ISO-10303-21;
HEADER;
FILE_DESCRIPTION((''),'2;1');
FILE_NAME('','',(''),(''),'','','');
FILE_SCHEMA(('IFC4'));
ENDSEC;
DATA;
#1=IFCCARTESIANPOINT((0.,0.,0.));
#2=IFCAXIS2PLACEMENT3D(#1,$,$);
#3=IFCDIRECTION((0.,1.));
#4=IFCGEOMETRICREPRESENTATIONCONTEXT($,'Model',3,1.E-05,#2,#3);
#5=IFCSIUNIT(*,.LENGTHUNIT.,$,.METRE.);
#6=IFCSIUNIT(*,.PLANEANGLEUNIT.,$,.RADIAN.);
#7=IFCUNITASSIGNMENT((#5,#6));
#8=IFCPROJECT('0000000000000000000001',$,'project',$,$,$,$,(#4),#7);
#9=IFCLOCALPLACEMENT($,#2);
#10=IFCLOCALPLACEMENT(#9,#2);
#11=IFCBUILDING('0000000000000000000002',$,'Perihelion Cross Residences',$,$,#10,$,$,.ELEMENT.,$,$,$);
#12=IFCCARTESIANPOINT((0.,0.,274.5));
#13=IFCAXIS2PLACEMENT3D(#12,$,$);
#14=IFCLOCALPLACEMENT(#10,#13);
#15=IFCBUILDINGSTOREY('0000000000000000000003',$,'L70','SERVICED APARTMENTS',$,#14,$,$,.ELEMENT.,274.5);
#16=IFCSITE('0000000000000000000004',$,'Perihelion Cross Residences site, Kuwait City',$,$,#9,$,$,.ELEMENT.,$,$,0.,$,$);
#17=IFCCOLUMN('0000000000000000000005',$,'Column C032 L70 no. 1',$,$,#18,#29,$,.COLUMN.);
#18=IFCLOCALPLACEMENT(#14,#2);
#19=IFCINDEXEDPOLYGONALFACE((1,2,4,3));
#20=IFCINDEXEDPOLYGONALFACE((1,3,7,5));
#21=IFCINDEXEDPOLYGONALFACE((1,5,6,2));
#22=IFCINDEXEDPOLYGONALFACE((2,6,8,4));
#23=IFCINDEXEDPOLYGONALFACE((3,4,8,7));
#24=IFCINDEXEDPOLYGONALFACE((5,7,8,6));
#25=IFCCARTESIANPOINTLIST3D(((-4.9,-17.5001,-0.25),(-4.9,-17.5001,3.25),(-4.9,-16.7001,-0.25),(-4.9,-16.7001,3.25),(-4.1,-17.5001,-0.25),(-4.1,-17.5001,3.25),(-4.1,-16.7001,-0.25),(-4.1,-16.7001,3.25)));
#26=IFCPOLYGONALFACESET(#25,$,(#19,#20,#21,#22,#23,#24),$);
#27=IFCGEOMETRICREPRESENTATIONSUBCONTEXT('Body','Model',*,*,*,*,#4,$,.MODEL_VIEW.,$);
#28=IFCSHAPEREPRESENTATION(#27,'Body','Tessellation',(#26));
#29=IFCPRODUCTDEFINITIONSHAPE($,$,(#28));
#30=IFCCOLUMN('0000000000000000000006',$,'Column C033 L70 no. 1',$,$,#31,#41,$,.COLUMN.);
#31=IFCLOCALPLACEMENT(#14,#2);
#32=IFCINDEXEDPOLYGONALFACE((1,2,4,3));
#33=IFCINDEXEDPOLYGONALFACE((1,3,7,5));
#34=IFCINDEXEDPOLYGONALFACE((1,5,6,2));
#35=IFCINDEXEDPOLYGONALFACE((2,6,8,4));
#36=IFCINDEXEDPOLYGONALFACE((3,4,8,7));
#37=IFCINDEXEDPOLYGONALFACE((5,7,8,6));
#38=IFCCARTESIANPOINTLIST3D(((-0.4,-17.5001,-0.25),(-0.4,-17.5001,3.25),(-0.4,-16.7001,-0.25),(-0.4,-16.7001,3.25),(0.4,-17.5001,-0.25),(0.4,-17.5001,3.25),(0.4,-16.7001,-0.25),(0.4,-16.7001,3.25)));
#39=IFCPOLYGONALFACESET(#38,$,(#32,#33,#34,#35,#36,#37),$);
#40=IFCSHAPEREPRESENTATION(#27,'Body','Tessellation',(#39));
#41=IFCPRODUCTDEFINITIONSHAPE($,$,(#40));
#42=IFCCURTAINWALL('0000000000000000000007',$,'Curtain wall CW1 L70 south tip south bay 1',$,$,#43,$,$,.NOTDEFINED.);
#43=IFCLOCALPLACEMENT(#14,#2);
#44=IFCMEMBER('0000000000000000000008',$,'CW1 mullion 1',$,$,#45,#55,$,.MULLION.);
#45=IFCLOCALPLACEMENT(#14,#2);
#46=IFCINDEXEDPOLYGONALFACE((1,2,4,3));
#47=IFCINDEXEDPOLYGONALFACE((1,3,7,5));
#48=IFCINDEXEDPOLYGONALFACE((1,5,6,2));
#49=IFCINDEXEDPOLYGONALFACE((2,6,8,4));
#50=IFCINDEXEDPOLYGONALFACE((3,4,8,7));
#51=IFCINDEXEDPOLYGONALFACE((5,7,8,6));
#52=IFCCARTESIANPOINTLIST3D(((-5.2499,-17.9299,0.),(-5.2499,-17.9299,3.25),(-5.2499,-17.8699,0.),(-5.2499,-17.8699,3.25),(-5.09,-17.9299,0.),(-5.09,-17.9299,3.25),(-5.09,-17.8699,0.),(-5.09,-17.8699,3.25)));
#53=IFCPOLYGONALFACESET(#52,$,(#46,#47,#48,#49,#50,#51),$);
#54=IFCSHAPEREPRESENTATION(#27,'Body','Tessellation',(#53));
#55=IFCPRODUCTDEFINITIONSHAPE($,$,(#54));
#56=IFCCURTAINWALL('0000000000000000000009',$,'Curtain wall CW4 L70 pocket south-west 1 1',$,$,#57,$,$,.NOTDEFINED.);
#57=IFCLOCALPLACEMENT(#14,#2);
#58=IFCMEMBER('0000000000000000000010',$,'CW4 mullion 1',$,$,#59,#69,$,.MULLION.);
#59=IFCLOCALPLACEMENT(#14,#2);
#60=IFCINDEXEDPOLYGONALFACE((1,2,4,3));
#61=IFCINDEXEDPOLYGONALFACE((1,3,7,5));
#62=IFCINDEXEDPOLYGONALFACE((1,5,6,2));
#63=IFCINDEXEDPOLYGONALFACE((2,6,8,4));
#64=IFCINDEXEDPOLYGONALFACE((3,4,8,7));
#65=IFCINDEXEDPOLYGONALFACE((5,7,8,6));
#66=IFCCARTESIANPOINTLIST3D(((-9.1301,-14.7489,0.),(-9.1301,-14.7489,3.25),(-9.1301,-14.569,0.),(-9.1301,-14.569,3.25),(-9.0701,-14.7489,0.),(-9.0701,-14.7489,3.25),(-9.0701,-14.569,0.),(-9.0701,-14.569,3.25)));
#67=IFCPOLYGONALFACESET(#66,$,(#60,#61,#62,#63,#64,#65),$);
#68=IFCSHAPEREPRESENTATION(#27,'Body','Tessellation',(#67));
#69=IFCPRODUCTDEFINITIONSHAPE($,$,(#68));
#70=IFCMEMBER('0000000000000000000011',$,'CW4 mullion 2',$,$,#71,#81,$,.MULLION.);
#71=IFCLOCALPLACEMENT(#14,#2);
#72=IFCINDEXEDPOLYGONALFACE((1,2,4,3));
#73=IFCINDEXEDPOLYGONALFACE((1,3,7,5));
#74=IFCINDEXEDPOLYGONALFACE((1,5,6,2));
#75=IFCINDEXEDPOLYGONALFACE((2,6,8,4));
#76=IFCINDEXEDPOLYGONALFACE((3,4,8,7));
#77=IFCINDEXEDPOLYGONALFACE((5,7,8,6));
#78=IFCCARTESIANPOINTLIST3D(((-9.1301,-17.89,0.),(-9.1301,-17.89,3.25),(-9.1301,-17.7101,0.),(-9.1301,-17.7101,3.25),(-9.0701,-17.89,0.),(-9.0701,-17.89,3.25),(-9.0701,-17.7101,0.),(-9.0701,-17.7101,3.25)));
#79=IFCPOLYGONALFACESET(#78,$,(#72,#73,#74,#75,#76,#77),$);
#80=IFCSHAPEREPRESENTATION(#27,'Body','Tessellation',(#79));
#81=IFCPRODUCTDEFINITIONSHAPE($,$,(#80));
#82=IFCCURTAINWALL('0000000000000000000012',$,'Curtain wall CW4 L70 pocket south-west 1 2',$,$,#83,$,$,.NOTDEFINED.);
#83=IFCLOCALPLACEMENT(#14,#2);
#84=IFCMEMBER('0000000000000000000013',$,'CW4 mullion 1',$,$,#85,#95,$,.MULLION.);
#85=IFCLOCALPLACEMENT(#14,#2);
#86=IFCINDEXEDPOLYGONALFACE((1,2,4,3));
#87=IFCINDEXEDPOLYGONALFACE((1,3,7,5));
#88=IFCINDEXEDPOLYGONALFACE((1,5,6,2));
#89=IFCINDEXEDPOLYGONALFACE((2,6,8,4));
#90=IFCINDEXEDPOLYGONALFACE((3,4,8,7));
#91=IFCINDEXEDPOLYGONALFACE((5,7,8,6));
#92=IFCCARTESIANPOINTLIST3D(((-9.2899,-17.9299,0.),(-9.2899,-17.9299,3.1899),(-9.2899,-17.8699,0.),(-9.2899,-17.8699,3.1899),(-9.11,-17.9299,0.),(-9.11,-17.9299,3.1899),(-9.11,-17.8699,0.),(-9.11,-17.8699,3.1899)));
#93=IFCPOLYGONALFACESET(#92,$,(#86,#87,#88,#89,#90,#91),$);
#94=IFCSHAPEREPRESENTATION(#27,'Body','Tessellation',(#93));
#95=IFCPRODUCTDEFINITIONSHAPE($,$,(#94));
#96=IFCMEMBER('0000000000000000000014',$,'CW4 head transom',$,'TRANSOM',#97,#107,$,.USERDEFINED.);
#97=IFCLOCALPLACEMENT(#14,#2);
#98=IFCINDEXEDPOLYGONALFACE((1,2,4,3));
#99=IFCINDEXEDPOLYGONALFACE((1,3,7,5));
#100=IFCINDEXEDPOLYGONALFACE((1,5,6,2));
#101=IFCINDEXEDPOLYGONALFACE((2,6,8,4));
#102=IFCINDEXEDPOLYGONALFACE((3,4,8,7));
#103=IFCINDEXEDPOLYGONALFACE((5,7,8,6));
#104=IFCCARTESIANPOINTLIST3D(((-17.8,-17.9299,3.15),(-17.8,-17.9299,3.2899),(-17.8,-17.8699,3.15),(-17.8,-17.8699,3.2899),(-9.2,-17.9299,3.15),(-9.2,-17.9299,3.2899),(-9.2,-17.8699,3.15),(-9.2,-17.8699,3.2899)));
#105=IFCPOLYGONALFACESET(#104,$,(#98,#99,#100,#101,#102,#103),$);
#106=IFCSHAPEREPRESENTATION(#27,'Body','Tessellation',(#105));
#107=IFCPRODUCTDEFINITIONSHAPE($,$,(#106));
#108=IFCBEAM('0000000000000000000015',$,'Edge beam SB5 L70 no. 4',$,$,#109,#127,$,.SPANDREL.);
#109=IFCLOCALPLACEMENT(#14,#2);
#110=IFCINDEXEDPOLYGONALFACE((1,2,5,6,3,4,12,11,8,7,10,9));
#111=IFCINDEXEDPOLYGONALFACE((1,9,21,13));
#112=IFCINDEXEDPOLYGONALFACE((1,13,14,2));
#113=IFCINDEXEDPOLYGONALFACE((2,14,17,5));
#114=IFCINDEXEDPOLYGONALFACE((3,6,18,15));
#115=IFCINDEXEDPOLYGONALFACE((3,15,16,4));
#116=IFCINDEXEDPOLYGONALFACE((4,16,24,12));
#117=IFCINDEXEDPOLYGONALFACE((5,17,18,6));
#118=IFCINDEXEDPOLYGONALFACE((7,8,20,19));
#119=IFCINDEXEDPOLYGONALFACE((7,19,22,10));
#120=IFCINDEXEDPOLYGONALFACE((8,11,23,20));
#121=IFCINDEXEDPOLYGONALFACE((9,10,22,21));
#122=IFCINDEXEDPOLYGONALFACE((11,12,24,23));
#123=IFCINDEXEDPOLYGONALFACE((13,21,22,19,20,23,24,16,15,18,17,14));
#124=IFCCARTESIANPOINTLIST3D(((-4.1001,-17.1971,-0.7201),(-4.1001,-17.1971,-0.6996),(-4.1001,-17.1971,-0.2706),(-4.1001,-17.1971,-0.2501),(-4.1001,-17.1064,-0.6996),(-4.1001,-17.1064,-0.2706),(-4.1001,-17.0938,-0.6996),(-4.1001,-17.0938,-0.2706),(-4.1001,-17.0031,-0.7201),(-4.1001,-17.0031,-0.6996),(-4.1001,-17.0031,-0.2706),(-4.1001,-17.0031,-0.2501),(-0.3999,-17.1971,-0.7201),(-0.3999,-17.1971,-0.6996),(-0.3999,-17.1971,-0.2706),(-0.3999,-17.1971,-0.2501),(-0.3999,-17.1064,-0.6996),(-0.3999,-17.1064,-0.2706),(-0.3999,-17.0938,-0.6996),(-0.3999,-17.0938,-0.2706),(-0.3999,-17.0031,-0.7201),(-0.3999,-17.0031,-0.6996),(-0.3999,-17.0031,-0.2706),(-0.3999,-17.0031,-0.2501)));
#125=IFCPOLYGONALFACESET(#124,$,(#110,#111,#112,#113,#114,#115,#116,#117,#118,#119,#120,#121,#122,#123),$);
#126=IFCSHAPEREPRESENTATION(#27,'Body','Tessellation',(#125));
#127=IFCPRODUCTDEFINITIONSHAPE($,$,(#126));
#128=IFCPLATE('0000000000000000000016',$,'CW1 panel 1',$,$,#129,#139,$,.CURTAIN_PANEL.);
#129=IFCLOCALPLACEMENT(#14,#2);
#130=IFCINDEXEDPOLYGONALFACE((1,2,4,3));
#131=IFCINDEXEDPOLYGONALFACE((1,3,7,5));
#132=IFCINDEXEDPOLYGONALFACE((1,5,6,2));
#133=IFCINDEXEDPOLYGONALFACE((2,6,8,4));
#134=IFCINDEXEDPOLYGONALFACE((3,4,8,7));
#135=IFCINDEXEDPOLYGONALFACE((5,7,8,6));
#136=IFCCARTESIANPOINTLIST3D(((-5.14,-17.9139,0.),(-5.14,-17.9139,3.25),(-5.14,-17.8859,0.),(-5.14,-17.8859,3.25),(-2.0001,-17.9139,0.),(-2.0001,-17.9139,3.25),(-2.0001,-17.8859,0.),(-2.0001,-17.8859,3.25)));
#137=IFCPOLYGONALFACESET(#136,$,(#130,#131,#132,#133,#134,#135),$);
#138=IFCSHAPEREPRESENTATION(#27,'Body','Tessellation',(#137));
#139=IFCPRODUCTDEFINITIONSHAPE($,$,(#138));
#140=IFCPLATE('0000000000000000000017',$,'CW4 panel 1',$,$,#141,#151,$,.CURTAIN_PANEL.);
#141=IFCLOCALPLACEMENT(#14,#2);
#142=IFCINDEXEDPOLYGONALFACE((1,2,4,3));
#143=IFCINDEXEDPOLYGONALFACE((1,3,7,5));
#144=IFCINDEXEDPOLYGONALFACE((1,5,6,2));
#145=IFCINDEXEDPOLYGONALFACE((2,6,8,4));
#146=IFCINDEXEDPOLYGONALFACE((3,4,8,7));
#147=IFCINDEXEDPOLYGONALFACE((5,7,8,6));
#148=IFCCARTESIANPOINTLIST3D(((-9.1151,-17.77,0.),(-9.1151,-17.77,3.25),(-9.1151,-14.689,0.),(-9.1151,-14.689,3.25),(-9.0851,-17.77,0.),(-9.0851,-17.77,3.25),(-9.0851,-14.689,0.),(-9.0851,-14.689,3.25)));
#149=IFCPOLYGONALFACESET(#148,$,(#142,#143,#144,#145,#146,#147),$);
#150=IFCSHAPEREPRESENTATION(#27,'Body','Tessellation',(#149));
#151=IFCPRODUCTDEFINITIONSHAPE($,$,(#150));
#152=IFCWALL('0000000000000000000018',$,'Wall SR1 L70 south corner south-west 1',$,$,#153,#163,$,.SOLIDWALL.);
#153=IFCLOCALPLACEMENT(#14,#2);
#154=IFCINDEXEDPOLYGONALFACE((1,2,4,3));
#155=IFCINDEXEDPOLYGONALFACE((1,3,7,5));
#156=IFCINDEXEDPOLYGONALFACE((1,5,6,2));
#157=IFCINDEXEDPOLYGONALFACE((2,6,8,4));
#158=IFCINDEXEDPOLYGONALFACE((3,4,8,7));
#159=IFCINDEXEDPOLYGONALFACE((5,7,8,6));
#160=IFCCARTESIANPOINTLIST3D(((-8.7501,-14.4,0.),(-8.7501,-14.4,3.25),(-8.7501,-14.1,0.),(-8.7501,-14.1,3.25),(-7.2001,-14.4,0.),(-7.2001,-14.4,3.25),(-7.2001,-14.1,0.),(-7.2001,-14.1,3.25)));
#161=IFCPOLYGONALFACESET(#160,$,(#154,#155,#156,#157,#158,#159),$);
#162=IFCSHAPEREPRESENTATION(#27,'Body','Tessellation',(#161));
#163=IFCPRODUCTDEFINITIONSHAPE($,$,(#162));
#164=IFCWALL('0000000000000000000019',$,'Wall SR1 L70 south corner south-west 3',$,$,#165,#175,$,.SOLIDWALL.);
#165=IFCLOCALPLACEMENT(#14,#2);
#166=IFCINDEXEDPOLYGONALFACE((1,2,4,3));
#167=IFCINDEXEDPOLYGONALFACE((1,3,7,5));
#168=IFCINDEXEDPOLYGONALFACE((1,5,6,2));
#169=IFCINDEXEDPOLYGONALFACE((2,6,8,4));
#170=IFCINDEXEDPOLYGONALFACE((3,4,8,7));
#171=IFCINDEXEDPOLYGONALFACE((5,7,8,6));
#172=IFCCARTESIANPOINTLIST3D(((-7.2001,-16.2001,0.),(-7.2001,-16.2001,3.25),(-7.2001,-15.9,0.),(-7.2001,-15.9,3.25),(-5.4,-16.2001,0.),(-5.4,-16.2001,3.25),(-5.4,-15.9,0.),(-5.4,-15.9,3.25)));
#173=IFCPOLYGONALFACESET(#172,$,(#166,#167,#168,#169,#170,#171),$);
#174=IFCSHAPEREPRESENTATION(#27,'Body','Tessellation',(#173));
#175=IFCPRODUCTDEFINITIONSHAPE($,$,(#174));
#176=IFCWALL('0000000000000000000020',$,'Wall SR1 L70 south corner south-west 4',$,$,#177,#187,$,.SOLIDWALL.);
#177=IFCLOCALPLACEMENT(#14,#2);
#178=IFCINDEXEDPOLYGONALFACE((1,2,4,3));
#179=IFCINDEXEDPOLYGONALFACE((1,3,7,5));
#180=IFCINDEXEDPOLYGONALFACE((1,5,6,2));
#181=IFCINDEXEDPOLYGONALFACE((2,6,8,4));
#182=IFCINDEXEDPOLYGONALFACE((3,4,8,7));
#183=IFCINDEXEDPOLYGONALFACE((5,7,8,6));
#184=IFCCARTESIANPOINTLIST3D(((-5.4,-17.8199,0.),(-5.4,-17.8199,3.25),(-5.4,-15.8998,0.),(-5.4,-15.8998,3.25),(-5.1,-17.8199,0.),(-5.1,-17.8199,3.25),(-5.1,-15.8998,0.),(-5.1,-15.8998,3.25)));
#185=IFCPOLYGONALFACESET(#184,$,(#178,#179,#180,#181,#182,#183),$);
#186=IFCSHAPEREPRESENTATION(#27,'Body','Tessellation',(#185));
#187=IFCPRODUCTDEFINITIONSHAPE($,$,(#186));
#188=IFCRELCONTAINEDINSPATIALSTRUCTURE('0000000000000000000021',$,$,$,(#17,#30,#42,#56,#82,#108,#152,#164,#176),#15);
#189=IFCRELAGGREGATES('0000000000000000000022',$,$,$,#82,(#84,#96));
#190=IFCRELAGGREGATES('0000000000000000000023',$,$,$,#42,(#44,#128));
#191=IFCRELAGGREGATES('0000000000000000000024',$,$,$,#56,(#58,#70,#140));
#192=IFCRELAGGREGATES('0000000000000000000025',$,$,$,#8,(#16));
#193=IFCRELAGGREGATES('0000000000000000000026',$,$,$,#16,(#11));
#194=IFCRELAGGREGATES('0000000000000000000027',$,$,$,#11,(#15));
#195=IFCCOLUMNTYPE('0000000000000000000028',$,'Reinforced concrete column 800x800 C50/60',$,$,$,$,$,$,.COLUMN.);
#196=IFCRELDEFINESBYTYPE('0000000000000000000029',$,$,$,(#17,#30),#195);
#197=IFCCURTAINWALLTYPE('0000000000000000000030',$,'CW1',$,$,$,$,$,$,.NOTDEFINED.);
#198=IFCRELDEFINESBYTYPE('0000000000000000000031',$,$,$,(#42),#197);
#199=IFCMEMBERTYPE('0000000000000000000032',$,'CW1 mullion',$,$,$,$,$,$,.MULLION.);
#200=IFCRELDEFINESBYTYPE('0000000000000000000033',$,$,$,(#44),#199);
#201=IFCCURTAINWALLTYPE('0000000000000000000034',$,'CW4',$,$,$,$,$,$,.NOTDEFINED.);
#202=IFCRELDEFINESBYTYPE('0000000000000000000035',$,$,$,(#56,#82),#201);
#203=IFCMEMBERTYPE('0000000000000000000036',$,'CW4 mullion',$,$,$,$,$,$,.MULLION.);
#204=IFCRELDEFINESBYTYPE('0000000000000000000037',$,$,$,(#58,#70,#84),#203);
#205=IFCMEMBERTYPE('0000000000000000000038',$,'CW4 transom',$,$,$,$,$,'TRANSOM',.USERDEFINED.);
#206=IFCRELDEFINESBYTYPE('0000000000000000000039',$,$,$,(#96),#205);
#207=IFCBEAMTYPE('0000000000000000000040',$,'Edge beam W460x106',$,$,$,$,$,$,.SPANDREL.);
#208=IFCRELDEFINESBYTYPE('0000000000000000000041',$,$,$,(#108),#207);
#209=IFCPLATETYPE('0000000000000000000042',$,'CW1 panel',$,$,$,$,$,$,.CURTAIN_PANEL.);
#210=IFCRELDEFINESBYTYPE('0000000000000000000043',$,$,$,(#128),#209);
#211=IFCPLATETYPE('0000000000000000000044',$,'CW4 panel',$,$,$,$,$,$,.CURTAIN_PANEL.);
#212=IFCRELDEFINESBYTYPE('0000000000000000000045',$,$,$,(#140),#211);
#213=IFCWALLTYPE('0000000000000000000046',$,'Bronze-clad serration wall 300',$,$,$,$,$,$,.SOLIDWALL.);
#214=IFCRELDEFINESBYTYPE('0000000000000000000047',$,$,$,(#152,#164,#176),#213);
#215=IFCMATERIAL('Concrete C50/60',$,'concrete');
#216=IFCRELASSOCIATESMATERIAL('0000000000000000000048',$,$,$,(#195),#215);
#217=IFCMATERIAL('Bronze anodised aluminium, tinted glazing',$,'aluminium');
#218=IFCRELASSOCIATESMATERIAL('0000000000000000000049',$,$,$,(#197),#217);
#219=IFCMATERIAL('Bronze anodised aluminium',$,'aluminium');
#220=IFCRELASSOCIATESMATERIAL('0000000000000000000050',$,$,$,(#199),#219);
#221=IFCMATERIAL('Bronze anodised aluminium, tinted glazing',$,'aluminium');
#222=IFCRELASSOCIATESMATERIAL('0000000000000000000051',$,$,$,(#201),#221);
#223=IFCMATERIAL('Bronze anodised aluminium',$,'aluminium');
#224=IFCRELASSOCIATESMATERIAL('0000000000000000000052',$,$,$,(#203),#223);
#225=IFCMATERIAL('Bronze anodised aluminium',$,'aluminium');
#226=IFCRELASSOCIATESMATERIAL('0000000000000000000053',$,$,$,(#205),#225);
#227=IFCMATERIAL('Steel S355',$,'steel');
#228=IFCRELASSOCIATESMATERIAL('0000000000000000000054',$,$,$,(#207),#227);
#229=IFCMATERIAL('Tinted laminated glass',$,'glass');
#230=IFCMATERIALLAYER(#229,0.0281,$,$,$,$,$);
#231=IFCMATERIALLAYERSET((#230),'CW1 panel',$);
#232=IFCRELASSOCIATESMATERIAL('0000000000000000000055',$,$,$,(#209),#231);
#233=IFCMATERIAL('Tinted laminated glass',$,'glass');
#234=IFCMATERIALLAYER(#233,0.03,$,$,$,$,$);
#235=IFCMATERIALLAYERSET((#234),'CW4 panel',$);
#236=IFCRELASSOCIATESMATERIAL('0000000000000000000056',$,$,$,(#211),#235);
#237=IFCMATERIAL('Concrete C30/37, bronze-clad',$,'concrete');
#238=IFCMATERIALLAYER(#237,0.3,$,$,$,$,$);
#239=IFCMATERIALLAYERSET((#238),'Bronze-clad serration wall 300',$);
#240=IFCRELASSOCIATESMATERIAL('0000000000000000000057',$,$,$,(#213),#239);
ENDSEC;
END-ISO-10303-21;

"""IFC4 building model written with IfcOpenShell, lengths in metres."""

from ifc_helpers import new_model, si_unit, direction, frame, frame_2d, origin, origin_2d, place, context, subcontext, project, spatial, rectangle, i_section, extrude, material, layer, layer_set, material_profile, profile_set, type_object, element, aggregate, save


model = new_model("IFC4")

# Units and contexts
model_context = context("Model", 3, precision=1e-05, world=origin(), true_north=direction((0.0, 1.0)))
body_context = subcontext(model_context, "Body", "Model", "MODEL_VIEW")
ifc_project = project(units=[si_unit("LENGTHUNIT", "METRE"), si_unit("PLANEANGLEUNIT", "RADIAN")], contexts=[model_context])

# Site, building, storey
site_placement = place(None, origin())
site = spatial("IfcSite", under=ifc_project, at=site_placement, Name="Perihelion Cross Residences site, Kuwait City", CompositionType="ELEMENT", RefElevation=0.0)
building_placement = place(site_placement, origin())
building = spatial("IfcBuilding", under=site, at=building_placement, Name="Perihelion Cross Residences", CompositionType="ELEMENT")
storey_placement = place(building_placement, frame((0.0, 0.0, 274.5)))
storey = spatial("IfcBuildingStorey", under=building, at=storey_placement, Name="L70", Description="SERVICED APARTMENTS", CompositionType="ELEMENT", Elevation=274.5)

# Columns
ifc_material_1 = material(Name="Concrete C50/60", Category="concrete")
ifc_material_profile_1 = material_profile(ifc_material_1, rectangle(XDim=0.8, YDim=0.8, at=origin_2d()), Name="RC 800x800")
ifc_profile_set_1 = profile_set([ifc_material_profile_1], Name="Concrete C50/60")
column_type = type_object("IfcColumnType", Name="Reinforced concrete column 800x800 C50/60", PredefinedType="COLUMN", material=ifc_profile_set_1)
for number, where, z_axis, x_axis, name in (
    (1, (-4.5, -17.1001, -0.25), (0.0, 0.0, 1.0), (1.0, 0.0, 0.0), "Column C032 L70 no. 1"),
    (2, (0.0, -17.1001, -0.25), (0.0, 0.0, 1.0), (1.0, 0.0, 0.0), "Column C033 L70 no. 1"),
):
    element("IfcColumn", number, at=place(storey_placement, frame(where, z_axis=z_axis, x_axis=x_axis)), inside=storey, type_object=column_type, Name=name, PredefinedType="COLUMN", context=body_context, shape_type="SweptSolid", body=[
        extrude(rectangle(XDim=0.8, YDim=0.8, at=origin_2d()), origin(), (0.0, 0.0, 1.0), 3.5),
    ])

# Curtain wall, member
ifc_material_2 = material(Name="Bronze anodised aluminium, tinted glazing", Category="aluminium")
curtain_wall_type_1 = type_object("IfcCurtainWallType", Name="CW1", PredefinedType="NOTDEFINED", material=ifc_material_2)
curtain_wall_1_placement = place(storey_placement, origin())
curtain_wall_1 = element("IfcCurtainWall", 3, at=curtain_wall_1_placement, inside=storey, type_object=curtain_wall_type_1, Name="Curtain wall CW1 L70 south tip south bay 1", PredefinedType="NOTDEFINED")
ifc_material_3 = material(Name="Bronze anodised aluminium", Category="aluminium")
ifc_material_profile_2 = material_profile(ifc_material_3, rectangle(XDim=0.0601, YDim=0.1599, at=origin_2d()), Name="CW1 mullion")
ifc_profile_set_2 = profile_set([ifc_material_profile_2], Name="Bronze anodised aluminium")
member_type_1 = type_object("IfcMemberType", Name="CW1 mullion", PredefinedType="MULLION", material=ifc_profile_set_2)
member_1_placement = place(storey_placement, frame((-5.1699, -17.8999, 0.0), z_axis=(0.0, 0.0, 1.0), x_axis=(0.0, 1.0, 0.0)))
member_1 = element("IfcMember", 4, at=member_1_placement, type_object=member_type_1, Name="CW1 mullion 1", PredefinedType="MULLION", context=body_context, shape_type="SweptSolid", body=[
    extrude(rectangle(XDim=0.0601, YDim=0.1599, at=origin_2d()), origin(), (0.0, 0.0, 1.0), 3.25),
])

# Curtain walls, members
ifc_material_4 = material(Name="Bronze anodised aluminium, tinted glazing", Category="aluminium")
curtain_wall_type_2 = type_object("IfcCurtainWallType", Name="CW4", PredefinedType="NOTDEFINED", material=ifc_material_4)
curtain_wall_2_placement = place(storey_placement, origin())
curtain_wall_2 = element("IfcCurtainWall", 5, at=curtain_wall_2_placement, inside=storey, type_object=curtain_wall_type_2, Name="Curtain wall CW4 L70 pocket south-west 1 1", PredefinedType="NOTDEFINED")
ifc_material_5 = material(Name="Bronze anodised aluminium", Category="aluminium")
ifc_material_profile_3 = material_profile(ifc_material_5, rectangle(XDim=0.0601, YDim=0.1799, at=origin_2d()), Name="CW4 mullion")
ifc_profile_set_3 = profile_set([ifc_material_profile_3], Name="Bronze anodised aluminium")
member_type_2 = type_object("IfcMemberType", Name="CW4 mullion", PredefinedType="MULLION", material=ifc_profile_set_3)
member_2_placement = place(storey_placement, frame((-9.1001, -14.6589, 0.0), z_axis=(0.0, 0.0, 1.0), x_axis=(1.0, 0.0, 0.0)))
member_2 = element("IfcMember", 6, at=member_2_placement, type_object=member_type_2, Name="CW4 mullion 1", PredefinedType="MULLION", context=body_context, shape_type="SweptSolid", body=[
    extrude(rectangle(XDim=0.0601, YDim=0.1799, at=origin_2d()), origin(), (0.0, 0.0, 1.0), 3.25),
])
member_3_placement = place(storey_placement, frame((-9.1001, -17.8, 0.0), z_axis=(0.0, 0.0, 1.0), x_axis=(1.0, 0.0, 0.0)))
member_3 = element("IfcMember", 7, at=member_3_placement, type_object=member_type_2, Name="CW4 mullion 2", PredefinedType="MULLION", context=body_context, shape_type="SweptSolid", body=[
    extrude(rectangle(XDim=0.0601, YDim=0.1799, at=origin_2d()), origin(), (0.0, 0.0, 1.0), 3.25),
])
curtain_wall_3_placement = place(storey_placement, origin())
curtain_wall_3 = element("IfcCurtainWall", 8, at=curtain_wall_3_placement, inside=storey, type_object=curtain_wall_type_2, Name="Curtain wall CW4 L70 pocket south-west 1 2", PredefinedType="NOTDEFINED")
member_4_placement = place(storey_placement, frame((-9.2, -17.8999, 0.0), z_axis=(0.0, 0.0, 1.0), x_axis=(0.0, -1.0, 0.0)))
member_4 = element("IfcMember", 9, at=member_4_placement, type_object=member_type_2, Name="CW4 mullion 1", PredefinedType="MULLION", context=body_context, shape_type="SweptSolid", body=[
    extrude(rectangle(XDim=0.0601, YDim=0.1799, at=origin_2d()), origin(), (0.0, 0.0, 1.0), 3.1899),
])
ifc_material_6 = material(Name="Bronze anodised aluminium", Category="aluminium")
ifc_material_profile_4 = material_profile(ifc_material_6, rectangle(XDim=0.0601, YDim=0.1399, at=origin_2d()), Name="CW4 transom")
ifc_profile_set_4 = profile_set([ifc_material_profile_4], Name="Bronze anodised aluminium")
member_type_3 = type_object("IfcMemberType", Name="CW4 transom", ElementType="TRANSOM", PredefinedType="USERDEFINED", material=ifc_profile_set_4)
member_5_placement = place(storey_placement, frame((-9.2, -17.8999, 3.22), z_axis=(-1.0, 0.0, 0.0), x_axis=(0.0, -1.0, 0.0)))
member_5 = element("IfcMember", 10, at=member_5_placement, type_object=member_type_3, Name="CW4 head transom", ObjectType="TRANSOM", PredefinedType="USERDEFINED", context=body_context, shape_type="SweptSolid", body=[
    extrude(rectangle(XDim=0.0601, YDim=0.1399, at=origin_2d()), origin(), (0.0, 0.0, 1.0), 8.6001),
])
aggregate(curtain_wall_3, [member_4, member_5])

# Beam
ifc_material_7 = material(Name="Steel S355", Category="steel")
ifc_material_profile_5 = material_profile(ifc_material_7, i_section(OverallWidth=0.1941, OverallDepth=0.47, WebThickness=0.0127, FlangeThickness=0.0205, at=origin_2d()), Name="W460x106")
ifc_profile_set_5 = profile_set([ifc_material_profile_5], Name="Steel S355")
beam_type = type_object("IfcBeamType", Name="Edge beam W460x106", PredefinedType="SPANDREL", material=ifc_profile_set_5)
beam_placement = place(storey_placement, frame((-4.1001, -17.1001, -0.4851), z_axis=(1.0, 0.0, 0.0), x_axis=(0.0, 1.0, 0.0)))
element("IfcBeam", 11, at=beam_placement, inside=storey, type_object=beam_type, Name="Edge beam SB5 L70 no. 4", PredefinedType="SPANDREL", context=body_context, shape_type="SweptSolid", body=[
    extrude(i_section(OverallWidth=0.1941, OverallDepth=0.47, WebThickness=0.0127, FlangeThickness=0.0205, at=origin_2d()), origin(), (0.0, 0.0, 1.0), 3.7002),
])

# Plates
ifc_material_8 = material(Name="Tinted laminated glass", Category="glass")
ifc_layer_1 = layer(ifc_material_8, 0.0281)
ifc_layer_set_1 = layer_set([ifc_layer_1], Name="CW1 panel")
plate_type_1 = type_object("IfcPlateType", Name="CW1 panel", PredefinedType="CURTAIN_PANEL", material=ifc_layer_set_1)
plate_1_placement = place(storey_placement, frame((-3.5701, -17.8999, 0.0), z_axis=(0.0, 0.0, 1.0), x_axis=(1.0, 0.0, 0.0)))
plate_1 = element("IfcPlate", 12, at=plate_1_placement, type_object=plate_type_1, Name="CW1 panel 1", PredefinedType="CURTAIN_PANEL", context=body_context, shape_type="SweptSolid", body=[
    extrude(rectangle(XDim=3.1399, YDim=0.0281, at=origin_2d()), origin(), (0.0, 0.0, 1.0), 3.25),
])
aggregate(curtain_wall_1, [member_1, plate_1])
ifc_material_9 = material(Name="Tinted laminated glass", Category="glass")
ifc_layer_2 = layer(ifc_material_9, 0.03)
ifc_layer_set_2 = layer_set([ifc_layer_2], Name="CW4 panel")
plate_type_2 = type_object("IfcPlateType", Name="CW4 panel", PredefinedType="CURTAIN_PANEL", material=ifc_layer_set_2)
plate_2_placement = place(storey_placement, frame((-9.1001, -16.2295, 0.0), z_axis=(0.0, 0.0, 1.0), x_axis=(0.0, -1.0, 0.0)))
plate_2 = element("IfcPlate", 13, at=plate_2_placement, type_object=plate_type_2, Name="CW4 panel 1", PredefinedType="CURTAIN_PANEL", context=body_context, shape_type="SweptSolid", body=[
    extrude(rectangle(XDim=3.0811, YDim=0.03, at=origin_2d()), origin(), (0.0, 0.0, 1.0), 3.25),
])
aggregate(curtain_wall_2, [member_2, member_3, plate_2])

# Walls
ifc_material_10 = material(Name="Concrete C30/37, bronze-clad", Category="concrete")
ifc_layer_3 = layer(ifc_material_10, 0.3)
ifc_layer_set_3 = layer_set([ifc_layer_3], Name="Bronze-clad serration wall 300")
wall_type_1 = type_object("IfcWallType", Name="Bronze-clad serration wall 300", PredefinedType="SOLIDWALL", material=ifc_layer_set_3)
wall_1_placement = place(storey_placement, frame((-8.75, -14.25, 0.0), z_axis=(0.0, 0.0, 1.0), x_axis=(1.0, 0.0, 0.0)))
element("IfcWall", 14, at=wall_1_placement, inside=storey, type_object=wall_type_1, Name="Wall SR1 L70 south corner south-west 1", PredefinedType="SOLIDWALL", context=body_context, shape_type="SweptSolid", body=[
    extrude(rectangle(XDim=1.55, YDim=0.3, at=frame_2d((0.7749, 0.0))), origin(), (0.0, 0.0, 1.0), 3.25),
])
wall_2_placement = place(storey_placement, frame((-7.2, -16.05, 0.0), z_axis=(0.0, 0.0, 1.0), x_axis=(1.0, 0.0, 0.0)))
element("IfcWall", 15, at=wall_2_placement, inside=storey, type_object=wall_type_1, Name="Wall SR1 L70 south corner south-west 3", PredefinedType="SOLIDWALL", context=body_context, shape_type="SweptSolid", body=[
    extrude(rectangle(XDim=1.8, YDim=0.3, at=frame_2d((0.8999, 0.0))), origin(), (0.0, 0.0, 1.0), 3.25),
])
wall_3_placement = place(storey_placement, frame((-5.25, -15.8999, 0.0), z_axis=(0.0, 0.0, 1.0), x_axis=(0.0, -1.0, 0.0)))
element("IfcWall", 16, at=wall_3_placement, inside=storey, type_object=wall_type_1, Name="Wall SR1 L70 south corner south-west 4", PredefinedType="SOLIDWALL", context=body_context, shape_type="SweptSolid", body=[
    extrude(rectangle(XDim=1.9202, YDim=0.3, at=frame_2d((0.96, 0.0))), origin(), (0.0, 0.0, 1.0), 3.25),
])

save(model, "model.ifc")
